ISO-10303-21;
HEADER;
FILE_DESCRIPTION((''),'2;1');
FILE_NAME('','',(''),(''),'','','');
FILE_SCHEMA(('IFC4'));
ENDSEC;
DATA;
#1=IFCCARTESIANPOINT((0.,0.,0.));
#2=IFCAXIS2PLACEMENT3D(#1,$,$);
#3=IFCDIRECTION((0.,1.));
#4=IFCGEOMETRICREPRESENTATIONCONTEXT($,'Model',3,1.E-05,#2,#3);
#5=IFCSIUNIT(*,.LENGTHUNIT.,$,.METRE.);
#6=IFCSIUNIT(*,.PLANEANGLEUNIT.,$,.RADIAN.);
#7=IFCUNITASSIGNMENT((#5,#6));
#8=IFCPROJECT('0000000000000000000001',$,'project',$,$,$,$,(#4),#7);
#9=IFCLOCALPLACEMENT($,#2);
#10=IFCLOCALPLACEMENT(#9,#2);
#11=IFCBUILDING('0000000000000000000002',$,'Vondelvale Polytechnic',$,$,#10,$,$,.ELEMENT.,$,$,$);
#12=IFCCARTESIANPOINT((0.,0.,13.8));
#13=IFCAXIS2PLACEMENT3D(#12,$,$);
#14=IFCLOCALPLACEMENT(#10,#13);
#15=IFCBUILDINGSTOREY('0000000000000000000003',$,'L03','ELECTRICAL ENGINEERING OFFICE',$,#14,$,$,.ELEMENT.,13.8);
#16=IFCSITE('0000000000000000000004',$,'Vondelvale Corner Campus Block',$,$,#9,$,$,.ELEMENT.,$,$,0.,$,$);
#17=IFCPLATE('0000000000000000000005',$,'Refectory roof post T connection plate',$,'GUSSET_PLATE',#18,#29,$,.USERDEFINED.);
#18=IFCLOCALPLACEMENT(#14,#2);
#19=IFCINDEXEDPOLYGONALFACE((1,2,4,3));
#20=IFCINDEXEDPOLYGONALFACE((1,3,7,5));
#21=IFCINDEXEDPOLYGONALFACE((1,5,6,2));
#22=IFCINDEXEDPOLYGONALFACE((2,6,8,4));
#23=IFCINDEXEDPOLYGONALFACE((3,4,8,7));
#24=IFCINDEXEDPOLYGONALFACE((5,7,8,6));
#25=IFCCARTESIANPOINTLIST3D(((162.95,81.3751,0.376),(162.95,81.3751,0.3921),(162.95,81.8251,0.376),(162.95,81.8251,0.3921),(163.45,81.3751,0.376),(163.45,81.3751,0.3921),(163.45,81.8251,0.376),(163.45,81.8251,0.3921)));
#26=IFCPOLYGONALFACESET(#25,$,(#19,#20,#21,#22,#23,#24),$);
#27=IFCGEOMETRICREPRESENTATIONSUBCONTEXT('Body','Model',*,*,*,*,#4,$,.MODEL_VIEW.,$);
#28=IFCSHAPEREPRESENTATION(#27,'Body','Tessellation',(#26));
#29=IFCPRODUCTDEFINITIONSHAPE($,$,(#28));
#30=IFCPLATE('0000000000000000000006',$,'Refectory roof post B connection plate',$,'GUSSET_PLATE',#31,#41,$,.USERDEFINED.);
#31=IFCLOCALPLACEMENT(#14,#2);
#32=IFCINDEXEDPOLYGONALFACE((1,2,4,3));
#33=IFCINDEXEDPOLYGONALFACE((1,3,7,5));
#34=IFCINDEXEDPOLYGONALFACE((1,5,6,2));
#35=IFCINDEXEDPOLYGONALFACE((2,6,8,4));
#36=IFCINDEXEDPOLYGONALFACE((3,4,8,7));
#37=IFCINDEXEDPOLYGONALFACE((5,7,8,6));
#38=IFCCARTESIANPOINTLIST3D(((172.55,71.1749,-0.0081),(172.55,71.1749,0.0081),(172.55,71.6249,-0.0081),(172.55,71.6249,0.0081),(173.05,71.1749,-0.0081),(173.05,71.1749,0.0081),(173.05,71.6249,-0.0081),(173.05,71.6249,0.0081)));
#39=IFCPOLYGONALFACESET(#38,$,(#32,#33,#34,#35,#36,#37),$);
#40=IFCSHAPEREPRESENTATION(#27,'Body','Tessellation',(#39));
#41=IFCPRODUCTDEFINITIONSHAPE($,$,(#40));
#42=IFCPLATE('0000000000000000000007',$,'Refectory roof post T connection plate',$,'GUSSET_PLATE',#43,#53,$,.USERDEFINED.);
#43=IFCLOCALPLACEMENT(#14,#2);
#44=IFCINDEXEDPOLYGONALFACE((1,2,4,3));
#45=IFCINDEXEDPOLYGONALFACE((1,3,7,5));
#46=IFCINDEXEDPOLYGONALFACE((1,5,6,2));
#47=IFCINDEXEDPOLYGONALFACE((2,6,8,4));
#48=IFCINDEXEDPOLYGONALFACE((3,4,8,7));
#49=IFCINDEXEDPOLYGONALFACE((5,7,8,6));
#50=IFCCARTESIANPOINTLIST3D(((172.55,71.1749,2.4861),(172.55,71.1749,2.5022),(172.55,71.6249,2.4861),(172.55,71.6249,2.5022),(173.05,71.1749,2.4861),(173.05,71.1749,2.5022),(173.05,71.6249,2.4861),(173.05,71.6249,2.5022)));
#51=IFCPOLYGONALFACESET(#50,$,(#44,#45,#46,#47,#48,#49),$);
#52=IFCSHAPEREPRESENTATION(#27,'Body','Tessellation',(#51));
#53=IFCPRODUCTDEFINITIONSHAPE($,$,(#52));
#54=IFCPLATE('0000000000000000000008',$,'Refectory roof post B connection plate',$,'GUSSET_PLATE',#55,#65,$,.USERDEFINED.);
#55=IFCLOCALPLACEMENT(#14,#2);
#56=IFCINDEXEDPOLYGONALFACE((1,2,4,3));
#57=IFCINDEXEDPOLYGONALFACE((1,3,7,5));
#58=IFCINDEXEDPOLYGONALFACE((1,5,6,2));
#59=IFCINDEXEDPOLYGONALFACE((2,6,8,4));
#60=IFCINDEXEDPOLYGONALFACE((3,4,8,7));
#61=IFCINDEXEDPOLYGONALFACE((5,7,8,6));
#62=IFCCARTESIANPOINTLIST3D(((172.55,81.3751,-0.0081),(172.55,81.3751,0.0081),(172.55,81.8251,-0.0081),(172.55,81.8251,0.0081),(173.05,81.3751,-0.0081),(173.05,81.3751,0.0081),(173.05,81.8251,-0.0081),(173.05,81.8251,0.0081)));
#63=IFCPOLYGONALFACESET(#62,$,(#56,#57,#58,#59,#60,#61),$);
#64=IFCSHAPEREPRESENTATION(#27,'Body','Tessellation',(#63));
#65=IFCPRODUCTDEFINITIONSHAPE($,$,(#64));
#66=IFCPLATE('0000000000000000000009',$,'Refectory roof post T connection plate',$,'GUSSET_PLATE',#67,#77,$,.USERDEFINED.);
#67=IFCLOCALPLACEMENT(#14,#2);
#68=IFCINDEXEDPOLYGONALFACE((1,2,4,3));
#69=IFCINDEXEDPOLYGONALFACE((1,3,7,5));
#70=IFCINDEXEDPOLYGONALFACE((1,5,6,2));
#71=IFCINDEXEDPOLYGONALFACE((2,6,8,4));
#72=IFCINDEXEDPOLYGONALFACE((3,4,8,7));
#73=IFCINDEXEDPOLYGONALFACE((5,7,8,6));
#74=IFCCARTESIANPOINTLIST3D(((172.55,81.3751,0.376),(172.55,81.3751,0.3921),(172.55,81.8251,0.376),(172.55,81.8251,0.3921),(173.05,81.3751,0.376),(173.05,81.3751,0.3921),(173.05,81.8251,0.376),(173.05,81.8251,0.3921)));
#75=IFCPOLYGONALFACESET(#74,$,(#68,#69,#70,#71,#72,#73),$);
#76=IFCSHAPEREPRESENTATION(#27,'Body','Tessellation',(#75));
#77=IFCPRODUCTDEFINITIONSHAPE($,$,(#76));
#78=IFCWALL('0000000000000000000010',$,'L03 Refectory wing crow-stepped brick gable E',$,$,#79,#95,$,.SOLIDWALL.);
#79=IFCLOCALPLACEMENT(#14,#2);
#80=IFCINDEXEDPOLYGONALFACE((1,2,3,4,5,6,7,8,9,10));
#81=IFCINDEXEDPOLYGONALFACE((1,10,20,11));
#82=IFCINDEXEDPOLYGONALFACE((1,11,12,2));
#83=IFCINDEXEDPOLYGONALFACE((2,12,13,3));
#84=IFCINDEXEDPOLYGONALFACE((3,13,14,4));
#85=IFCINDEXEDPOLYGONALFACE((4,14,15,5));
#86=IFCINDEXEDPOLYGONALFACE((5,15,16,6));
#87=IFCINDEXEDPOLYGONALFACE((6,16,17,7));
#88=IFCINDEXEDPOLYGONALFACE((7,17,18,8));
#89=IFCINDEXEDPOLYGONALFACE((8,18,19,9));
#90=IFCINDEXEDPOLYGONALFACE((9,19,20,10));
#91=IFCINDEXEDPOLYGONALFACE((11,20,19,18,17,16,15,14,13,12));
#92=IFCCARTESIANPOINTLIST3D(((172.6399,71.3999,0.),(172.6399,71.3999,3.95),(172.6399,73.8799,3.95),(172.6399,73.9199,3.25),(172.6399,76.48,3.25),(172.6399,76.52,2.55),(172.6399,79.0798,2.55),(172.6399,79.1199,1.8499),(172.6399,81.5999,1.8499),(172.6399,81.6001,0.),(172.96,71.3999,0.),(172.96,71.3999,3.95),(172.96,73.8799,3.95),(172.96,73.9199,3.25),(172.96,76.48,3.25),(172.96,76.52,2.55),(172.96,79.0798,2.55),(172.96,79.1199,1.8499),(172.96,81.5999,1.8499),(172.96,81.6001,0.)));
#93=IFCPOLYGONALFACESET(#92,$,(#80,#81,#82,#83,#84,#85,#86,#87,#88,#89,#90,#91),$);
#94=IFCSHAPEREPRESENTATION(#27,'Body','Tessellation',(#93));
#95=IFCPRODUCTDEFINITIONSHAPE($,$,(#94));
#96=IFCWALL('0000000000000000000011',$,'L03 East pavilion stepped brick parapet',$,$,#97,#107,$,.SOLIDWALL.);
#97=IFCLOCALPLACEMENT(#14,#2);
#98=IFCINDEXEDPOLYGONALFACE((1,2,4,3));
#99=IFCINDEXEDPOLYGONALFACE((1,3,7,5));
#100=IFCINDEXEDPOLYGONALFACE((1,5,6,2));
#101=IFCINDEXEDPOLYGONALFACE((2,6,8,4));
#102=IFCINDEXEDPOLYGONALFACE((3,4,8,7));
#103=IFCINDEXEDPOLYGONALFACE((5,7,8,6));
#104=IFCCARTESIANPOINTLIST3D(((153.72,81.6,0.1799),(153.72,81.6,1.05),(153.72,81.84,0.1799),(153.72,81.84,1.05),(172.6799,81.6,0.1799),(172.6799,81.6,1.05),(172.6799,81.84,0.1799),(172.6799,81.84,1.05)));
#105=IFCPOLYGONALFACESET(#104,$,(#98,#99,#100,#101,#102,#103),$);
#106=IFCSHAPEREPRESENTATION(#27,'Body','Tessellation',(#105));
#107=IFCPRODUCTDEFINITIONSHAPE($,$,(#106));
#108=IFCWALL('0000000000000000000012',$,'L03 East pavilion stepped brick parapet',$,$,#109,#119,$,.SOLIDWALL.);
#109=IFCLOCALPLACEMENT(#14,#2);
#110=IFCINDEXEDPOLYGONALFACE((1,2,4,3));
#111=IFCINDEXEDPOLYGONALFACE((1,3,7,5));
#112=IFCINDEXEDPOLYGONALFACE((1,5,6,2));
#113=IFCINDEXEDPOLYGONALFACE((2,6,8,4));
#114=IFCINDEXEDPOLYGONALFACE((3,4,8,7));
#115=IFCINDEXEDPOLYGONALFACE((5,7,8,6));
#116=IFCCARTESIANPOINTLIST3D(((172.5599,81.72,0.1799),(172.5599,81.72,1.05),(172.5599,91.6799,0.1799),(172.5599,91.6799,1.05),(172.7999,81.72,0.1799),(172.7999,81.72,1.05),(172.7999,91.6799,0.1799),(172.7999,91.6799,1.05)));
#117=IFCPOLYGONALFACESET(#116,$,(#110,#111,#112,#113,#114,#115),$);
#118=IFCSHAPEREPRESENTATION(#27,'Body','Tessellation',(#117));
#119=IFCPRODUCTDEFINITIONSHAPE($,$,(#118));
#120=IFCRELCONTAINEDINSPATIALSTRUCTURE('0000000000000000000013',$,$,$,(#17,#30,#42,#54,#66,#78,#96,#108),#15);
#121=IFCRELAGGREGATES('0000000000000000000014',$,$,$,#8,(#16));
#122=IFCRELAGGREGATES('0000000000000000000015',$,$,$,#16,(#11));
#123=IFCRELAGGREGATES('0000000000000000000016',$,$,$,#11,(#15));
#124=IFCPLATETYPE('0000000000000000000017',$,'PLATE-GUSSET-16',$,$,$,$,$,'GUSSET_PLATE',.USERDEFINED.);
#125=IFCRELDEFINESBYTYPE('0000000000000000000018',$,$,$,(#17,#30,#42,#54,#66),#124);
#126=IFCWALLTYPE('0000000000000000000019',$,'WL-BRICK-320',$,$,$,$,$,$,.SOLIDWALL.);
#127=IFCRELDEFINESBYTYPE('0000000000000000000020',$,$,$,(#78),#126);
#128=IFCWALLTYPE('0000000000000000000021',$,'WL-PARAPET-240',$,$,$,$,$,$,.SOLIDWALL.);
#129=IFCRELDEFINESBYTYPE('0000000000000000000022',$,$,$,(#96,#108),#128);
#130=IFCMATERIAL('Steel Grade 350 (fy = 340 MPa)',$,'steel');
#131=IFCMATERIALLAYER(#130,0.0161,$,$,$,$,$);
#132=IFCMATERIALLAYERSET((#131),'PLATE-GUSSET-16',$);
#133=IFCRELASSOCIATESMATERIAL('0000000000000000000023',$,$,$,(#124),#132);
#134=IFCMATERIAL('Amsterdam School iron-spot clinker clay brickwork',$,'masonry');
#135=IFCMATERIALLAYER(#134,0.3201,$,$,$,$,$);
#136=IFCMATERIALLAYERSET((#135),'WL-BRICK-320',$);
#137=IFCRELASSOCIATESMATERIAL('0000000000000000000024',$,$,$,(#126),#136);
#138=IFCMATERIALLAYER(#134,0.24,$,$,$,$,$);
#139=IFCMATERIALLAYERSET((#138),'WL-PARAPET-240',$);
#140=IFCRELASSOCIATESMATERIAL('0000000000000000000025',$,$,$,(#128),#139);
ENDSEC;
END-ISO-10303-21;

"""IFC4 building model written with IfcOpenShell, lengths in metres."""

from ifc_helpers import new_model, si_unit, direction, frame, frame_2d, origin, origin_2d, place, context, subcontext, project, spatial, polyline, rectangle, outline, extrude, material, layer, layer_set, type_object, element, save


model = new_model("IFC4")

# Units and contexts
model_context = context("Model", 3, precision=1e-05, world=origin(), true_north=direction((0.0, 1.0)))
body_context = subcontext(model_context, "Body", "Model", "MODEL_VIEW")
ifc_project = project(units=[si_unit("LENGTHUNIT", "METRE"), si_unit("PLANEANGLEUNIT", "RADIAN")], contexts=[model_context])

# Site, building, storey
site_placement = place(None, origin())
site = spatial("IfcSite", under=ifc_project, at=site_placement, Name="Vondelvale Corner Campus Block", CompositionType="ELEMENT", RefElevation=0.0)
building_placement = place(site_placement, origin())
building = spatial("IfcBuilding", under=site, at=building_placement, Name="Vondelvale Polytechnic", CompositionType="ELEMENT")
storey_placement = place(building_placement, frame((0.0, 0.0, 13.8)))
storey = spatial("IfcBuildingStorey", under=building, at=storey_placement, Name="L03", Description="ELECTRICAL ENGINEERING OFFICE", CompositionType="ELEMENT", Elevation=13.8)

# Plates
ifc_material_1 = material(Name="Steel Grade 350 (fy = 340 MPa)", Category="steel")
ifc_layer_1 = layer(ifc_material_1, 0.0161)
ifc_layer_set_1 = layer_set([ifc_layer_1], Name="PLATE-GUSSET-16")
plate_type_1 = type_object("IfcPlateType", Name="PLATE-GUSSET-16", ElementType="GUSSET_PLATE", PredefinedType="USERDEFINED", material=ifc_layer_set_1)
for number, where, z_axis, x_axis, name in (
    (1, (163.2, 81.6001, 0.376), (0.0, 0.0, 1.0), (1.0, 0.0, 0.0), "Refectory roof post T connection plate"),
    (2, (172.8, 71.3999, -0.0081), (0.0, 0.0, 1.0), (1.0, 0.0, 0.0), "Refectory roof post B connection plate"),
    (3, (172.8, 71.3999, 2.4861), (0.0, 0.0, 1.0), (1.0, 0.0, 0.0), "Refectory roof post T connection plate"),
    (4, (172.8, 81.6001, -0.0081), (0.0, 0.0, 1.0), (1.0, 0.0, 0.0), "Refectory roof post B connection plate"),
    (5, (172.8, 81.6001, 0.376), (0.0, 0.0, 1.0), (1.0, 0.0, 0.0), "Refectory roof post T connection plate"),
):
    element("IfcPlate", number, at=place(storey_placement, frame(where, z_axis=z_axis, x_axis=x_axis)), inside=storey, type_object=plate_type_1, Name=name, ObjectType="GUSSET_PLATE", PredefinedType="USERDEFINED", context=body_context, shape_type="SweptSolid", body=[
        extrude(rectangle(XDim=0.5, YDim=0.45, at=origin_2d()), origin(), (0.0, 0.0, 1.0), 0.0161),
    ])

# Walls
ifc_material_2 = material(Name="Amsterdam School iron-spot clinker clay brickwork", Category="masonry")
ifc_layer_2 = layer(ifc_material_2, 0.3201)
ifc_layer_set_2 = layer_set([ifc_layer_2], Name="WL-BRICK-320")
wall_type_1 = type_object("IfcWallType", Name="WL-BRICK-320", PredefinedType="SOLIDWALL", material=ifc_layer_set_2)
wall_1_placement = place(storey_placement, frame((172.8, 71.3999, 0.0), z_axis=(0.0, 0.0, 1.0), x_axis=(0.0, 1.0, 0.0)))
element("IfcWall", 6, at=wall_1_placement, inside=storey, type_object=wall_type_1, Name="L03 Refectory wing crow-stepped brick gable E", PredefinedType="SOLIDWALL", context=body_context, shape_type="SweptSolid", body=[
    extrude(outline(polyline([(0.0, 0.0), (10.2002, 0.0), (10.2, 1.8499), (7.72, 1.8499), (7.6799, 2.55), (5.1201, 2.55), (5.0801, 3.25), (2.52, 3.25), (2.48, 3.95), (0.0, 3.95), (0.0, 0.0)])), frame((0.0, 0.1602, 0.0), z_axis=(0.0, -1.0, 0.0), x_axis=(1.0, 0.0, 0.0)), (0.0, 0.0, 1.0), 0.3201),
])
ifc_layer_3 = layer(ifc_material_2, 0.24)
ifc_layer_set_3 = layer_set([ifc_layer_3], Name="WL-PARAPET-240")
wall_type_2 = type_object("IfcWallType", Name="WL-PARAPET-240", PredefinedType="SOLIDWALL", material=ifc_layer_set_3)
wall_2_placement = place(storey_placement, frame((153.72, 81.72, 0.1799), z_axis=(0.0, 0.0, 1.0), x_axis=(1.0, 0.0, 0.0)))
element("IfcWall", 7, at=wall_2_placement, inside=storey, type_object=wall_type_2, Name="L03 East pavilion stepped brick parapet", PredefinedType="SOLIDWALL", context=body_context, shape_type="SweptSolid", body=[
    extrude(rectangle(XDim=18.96, YDim=0.24, at=frame_2d((9.48, 0.0))), origin(), (0.0, 0.0, 1.0), 0.8701),
])
wall_3_placement = place(storey_placement, frame((172.6799, 81.72, 0.1799), z_axis=(0.0, 0.0, 1.0), x_axis=(0.0, 1.0, 0.0)))
element("IfcWall", 8, at=wall_3_placement, inside=storey, type_object=wall_type_2, Name="L03 East pavilion stepped brick parapet", PredefinedType="SOLIDWALL", context=body_context, shape_type="SweptSolid", body=[
    extrude(rectangle(XDim=9.96, YDim=0.24, at=frame_2d((4.98, 0.0))), origin(), (0.0, 0.0, 1.0), 0.8701),
])

save(model, "model.ifc")
